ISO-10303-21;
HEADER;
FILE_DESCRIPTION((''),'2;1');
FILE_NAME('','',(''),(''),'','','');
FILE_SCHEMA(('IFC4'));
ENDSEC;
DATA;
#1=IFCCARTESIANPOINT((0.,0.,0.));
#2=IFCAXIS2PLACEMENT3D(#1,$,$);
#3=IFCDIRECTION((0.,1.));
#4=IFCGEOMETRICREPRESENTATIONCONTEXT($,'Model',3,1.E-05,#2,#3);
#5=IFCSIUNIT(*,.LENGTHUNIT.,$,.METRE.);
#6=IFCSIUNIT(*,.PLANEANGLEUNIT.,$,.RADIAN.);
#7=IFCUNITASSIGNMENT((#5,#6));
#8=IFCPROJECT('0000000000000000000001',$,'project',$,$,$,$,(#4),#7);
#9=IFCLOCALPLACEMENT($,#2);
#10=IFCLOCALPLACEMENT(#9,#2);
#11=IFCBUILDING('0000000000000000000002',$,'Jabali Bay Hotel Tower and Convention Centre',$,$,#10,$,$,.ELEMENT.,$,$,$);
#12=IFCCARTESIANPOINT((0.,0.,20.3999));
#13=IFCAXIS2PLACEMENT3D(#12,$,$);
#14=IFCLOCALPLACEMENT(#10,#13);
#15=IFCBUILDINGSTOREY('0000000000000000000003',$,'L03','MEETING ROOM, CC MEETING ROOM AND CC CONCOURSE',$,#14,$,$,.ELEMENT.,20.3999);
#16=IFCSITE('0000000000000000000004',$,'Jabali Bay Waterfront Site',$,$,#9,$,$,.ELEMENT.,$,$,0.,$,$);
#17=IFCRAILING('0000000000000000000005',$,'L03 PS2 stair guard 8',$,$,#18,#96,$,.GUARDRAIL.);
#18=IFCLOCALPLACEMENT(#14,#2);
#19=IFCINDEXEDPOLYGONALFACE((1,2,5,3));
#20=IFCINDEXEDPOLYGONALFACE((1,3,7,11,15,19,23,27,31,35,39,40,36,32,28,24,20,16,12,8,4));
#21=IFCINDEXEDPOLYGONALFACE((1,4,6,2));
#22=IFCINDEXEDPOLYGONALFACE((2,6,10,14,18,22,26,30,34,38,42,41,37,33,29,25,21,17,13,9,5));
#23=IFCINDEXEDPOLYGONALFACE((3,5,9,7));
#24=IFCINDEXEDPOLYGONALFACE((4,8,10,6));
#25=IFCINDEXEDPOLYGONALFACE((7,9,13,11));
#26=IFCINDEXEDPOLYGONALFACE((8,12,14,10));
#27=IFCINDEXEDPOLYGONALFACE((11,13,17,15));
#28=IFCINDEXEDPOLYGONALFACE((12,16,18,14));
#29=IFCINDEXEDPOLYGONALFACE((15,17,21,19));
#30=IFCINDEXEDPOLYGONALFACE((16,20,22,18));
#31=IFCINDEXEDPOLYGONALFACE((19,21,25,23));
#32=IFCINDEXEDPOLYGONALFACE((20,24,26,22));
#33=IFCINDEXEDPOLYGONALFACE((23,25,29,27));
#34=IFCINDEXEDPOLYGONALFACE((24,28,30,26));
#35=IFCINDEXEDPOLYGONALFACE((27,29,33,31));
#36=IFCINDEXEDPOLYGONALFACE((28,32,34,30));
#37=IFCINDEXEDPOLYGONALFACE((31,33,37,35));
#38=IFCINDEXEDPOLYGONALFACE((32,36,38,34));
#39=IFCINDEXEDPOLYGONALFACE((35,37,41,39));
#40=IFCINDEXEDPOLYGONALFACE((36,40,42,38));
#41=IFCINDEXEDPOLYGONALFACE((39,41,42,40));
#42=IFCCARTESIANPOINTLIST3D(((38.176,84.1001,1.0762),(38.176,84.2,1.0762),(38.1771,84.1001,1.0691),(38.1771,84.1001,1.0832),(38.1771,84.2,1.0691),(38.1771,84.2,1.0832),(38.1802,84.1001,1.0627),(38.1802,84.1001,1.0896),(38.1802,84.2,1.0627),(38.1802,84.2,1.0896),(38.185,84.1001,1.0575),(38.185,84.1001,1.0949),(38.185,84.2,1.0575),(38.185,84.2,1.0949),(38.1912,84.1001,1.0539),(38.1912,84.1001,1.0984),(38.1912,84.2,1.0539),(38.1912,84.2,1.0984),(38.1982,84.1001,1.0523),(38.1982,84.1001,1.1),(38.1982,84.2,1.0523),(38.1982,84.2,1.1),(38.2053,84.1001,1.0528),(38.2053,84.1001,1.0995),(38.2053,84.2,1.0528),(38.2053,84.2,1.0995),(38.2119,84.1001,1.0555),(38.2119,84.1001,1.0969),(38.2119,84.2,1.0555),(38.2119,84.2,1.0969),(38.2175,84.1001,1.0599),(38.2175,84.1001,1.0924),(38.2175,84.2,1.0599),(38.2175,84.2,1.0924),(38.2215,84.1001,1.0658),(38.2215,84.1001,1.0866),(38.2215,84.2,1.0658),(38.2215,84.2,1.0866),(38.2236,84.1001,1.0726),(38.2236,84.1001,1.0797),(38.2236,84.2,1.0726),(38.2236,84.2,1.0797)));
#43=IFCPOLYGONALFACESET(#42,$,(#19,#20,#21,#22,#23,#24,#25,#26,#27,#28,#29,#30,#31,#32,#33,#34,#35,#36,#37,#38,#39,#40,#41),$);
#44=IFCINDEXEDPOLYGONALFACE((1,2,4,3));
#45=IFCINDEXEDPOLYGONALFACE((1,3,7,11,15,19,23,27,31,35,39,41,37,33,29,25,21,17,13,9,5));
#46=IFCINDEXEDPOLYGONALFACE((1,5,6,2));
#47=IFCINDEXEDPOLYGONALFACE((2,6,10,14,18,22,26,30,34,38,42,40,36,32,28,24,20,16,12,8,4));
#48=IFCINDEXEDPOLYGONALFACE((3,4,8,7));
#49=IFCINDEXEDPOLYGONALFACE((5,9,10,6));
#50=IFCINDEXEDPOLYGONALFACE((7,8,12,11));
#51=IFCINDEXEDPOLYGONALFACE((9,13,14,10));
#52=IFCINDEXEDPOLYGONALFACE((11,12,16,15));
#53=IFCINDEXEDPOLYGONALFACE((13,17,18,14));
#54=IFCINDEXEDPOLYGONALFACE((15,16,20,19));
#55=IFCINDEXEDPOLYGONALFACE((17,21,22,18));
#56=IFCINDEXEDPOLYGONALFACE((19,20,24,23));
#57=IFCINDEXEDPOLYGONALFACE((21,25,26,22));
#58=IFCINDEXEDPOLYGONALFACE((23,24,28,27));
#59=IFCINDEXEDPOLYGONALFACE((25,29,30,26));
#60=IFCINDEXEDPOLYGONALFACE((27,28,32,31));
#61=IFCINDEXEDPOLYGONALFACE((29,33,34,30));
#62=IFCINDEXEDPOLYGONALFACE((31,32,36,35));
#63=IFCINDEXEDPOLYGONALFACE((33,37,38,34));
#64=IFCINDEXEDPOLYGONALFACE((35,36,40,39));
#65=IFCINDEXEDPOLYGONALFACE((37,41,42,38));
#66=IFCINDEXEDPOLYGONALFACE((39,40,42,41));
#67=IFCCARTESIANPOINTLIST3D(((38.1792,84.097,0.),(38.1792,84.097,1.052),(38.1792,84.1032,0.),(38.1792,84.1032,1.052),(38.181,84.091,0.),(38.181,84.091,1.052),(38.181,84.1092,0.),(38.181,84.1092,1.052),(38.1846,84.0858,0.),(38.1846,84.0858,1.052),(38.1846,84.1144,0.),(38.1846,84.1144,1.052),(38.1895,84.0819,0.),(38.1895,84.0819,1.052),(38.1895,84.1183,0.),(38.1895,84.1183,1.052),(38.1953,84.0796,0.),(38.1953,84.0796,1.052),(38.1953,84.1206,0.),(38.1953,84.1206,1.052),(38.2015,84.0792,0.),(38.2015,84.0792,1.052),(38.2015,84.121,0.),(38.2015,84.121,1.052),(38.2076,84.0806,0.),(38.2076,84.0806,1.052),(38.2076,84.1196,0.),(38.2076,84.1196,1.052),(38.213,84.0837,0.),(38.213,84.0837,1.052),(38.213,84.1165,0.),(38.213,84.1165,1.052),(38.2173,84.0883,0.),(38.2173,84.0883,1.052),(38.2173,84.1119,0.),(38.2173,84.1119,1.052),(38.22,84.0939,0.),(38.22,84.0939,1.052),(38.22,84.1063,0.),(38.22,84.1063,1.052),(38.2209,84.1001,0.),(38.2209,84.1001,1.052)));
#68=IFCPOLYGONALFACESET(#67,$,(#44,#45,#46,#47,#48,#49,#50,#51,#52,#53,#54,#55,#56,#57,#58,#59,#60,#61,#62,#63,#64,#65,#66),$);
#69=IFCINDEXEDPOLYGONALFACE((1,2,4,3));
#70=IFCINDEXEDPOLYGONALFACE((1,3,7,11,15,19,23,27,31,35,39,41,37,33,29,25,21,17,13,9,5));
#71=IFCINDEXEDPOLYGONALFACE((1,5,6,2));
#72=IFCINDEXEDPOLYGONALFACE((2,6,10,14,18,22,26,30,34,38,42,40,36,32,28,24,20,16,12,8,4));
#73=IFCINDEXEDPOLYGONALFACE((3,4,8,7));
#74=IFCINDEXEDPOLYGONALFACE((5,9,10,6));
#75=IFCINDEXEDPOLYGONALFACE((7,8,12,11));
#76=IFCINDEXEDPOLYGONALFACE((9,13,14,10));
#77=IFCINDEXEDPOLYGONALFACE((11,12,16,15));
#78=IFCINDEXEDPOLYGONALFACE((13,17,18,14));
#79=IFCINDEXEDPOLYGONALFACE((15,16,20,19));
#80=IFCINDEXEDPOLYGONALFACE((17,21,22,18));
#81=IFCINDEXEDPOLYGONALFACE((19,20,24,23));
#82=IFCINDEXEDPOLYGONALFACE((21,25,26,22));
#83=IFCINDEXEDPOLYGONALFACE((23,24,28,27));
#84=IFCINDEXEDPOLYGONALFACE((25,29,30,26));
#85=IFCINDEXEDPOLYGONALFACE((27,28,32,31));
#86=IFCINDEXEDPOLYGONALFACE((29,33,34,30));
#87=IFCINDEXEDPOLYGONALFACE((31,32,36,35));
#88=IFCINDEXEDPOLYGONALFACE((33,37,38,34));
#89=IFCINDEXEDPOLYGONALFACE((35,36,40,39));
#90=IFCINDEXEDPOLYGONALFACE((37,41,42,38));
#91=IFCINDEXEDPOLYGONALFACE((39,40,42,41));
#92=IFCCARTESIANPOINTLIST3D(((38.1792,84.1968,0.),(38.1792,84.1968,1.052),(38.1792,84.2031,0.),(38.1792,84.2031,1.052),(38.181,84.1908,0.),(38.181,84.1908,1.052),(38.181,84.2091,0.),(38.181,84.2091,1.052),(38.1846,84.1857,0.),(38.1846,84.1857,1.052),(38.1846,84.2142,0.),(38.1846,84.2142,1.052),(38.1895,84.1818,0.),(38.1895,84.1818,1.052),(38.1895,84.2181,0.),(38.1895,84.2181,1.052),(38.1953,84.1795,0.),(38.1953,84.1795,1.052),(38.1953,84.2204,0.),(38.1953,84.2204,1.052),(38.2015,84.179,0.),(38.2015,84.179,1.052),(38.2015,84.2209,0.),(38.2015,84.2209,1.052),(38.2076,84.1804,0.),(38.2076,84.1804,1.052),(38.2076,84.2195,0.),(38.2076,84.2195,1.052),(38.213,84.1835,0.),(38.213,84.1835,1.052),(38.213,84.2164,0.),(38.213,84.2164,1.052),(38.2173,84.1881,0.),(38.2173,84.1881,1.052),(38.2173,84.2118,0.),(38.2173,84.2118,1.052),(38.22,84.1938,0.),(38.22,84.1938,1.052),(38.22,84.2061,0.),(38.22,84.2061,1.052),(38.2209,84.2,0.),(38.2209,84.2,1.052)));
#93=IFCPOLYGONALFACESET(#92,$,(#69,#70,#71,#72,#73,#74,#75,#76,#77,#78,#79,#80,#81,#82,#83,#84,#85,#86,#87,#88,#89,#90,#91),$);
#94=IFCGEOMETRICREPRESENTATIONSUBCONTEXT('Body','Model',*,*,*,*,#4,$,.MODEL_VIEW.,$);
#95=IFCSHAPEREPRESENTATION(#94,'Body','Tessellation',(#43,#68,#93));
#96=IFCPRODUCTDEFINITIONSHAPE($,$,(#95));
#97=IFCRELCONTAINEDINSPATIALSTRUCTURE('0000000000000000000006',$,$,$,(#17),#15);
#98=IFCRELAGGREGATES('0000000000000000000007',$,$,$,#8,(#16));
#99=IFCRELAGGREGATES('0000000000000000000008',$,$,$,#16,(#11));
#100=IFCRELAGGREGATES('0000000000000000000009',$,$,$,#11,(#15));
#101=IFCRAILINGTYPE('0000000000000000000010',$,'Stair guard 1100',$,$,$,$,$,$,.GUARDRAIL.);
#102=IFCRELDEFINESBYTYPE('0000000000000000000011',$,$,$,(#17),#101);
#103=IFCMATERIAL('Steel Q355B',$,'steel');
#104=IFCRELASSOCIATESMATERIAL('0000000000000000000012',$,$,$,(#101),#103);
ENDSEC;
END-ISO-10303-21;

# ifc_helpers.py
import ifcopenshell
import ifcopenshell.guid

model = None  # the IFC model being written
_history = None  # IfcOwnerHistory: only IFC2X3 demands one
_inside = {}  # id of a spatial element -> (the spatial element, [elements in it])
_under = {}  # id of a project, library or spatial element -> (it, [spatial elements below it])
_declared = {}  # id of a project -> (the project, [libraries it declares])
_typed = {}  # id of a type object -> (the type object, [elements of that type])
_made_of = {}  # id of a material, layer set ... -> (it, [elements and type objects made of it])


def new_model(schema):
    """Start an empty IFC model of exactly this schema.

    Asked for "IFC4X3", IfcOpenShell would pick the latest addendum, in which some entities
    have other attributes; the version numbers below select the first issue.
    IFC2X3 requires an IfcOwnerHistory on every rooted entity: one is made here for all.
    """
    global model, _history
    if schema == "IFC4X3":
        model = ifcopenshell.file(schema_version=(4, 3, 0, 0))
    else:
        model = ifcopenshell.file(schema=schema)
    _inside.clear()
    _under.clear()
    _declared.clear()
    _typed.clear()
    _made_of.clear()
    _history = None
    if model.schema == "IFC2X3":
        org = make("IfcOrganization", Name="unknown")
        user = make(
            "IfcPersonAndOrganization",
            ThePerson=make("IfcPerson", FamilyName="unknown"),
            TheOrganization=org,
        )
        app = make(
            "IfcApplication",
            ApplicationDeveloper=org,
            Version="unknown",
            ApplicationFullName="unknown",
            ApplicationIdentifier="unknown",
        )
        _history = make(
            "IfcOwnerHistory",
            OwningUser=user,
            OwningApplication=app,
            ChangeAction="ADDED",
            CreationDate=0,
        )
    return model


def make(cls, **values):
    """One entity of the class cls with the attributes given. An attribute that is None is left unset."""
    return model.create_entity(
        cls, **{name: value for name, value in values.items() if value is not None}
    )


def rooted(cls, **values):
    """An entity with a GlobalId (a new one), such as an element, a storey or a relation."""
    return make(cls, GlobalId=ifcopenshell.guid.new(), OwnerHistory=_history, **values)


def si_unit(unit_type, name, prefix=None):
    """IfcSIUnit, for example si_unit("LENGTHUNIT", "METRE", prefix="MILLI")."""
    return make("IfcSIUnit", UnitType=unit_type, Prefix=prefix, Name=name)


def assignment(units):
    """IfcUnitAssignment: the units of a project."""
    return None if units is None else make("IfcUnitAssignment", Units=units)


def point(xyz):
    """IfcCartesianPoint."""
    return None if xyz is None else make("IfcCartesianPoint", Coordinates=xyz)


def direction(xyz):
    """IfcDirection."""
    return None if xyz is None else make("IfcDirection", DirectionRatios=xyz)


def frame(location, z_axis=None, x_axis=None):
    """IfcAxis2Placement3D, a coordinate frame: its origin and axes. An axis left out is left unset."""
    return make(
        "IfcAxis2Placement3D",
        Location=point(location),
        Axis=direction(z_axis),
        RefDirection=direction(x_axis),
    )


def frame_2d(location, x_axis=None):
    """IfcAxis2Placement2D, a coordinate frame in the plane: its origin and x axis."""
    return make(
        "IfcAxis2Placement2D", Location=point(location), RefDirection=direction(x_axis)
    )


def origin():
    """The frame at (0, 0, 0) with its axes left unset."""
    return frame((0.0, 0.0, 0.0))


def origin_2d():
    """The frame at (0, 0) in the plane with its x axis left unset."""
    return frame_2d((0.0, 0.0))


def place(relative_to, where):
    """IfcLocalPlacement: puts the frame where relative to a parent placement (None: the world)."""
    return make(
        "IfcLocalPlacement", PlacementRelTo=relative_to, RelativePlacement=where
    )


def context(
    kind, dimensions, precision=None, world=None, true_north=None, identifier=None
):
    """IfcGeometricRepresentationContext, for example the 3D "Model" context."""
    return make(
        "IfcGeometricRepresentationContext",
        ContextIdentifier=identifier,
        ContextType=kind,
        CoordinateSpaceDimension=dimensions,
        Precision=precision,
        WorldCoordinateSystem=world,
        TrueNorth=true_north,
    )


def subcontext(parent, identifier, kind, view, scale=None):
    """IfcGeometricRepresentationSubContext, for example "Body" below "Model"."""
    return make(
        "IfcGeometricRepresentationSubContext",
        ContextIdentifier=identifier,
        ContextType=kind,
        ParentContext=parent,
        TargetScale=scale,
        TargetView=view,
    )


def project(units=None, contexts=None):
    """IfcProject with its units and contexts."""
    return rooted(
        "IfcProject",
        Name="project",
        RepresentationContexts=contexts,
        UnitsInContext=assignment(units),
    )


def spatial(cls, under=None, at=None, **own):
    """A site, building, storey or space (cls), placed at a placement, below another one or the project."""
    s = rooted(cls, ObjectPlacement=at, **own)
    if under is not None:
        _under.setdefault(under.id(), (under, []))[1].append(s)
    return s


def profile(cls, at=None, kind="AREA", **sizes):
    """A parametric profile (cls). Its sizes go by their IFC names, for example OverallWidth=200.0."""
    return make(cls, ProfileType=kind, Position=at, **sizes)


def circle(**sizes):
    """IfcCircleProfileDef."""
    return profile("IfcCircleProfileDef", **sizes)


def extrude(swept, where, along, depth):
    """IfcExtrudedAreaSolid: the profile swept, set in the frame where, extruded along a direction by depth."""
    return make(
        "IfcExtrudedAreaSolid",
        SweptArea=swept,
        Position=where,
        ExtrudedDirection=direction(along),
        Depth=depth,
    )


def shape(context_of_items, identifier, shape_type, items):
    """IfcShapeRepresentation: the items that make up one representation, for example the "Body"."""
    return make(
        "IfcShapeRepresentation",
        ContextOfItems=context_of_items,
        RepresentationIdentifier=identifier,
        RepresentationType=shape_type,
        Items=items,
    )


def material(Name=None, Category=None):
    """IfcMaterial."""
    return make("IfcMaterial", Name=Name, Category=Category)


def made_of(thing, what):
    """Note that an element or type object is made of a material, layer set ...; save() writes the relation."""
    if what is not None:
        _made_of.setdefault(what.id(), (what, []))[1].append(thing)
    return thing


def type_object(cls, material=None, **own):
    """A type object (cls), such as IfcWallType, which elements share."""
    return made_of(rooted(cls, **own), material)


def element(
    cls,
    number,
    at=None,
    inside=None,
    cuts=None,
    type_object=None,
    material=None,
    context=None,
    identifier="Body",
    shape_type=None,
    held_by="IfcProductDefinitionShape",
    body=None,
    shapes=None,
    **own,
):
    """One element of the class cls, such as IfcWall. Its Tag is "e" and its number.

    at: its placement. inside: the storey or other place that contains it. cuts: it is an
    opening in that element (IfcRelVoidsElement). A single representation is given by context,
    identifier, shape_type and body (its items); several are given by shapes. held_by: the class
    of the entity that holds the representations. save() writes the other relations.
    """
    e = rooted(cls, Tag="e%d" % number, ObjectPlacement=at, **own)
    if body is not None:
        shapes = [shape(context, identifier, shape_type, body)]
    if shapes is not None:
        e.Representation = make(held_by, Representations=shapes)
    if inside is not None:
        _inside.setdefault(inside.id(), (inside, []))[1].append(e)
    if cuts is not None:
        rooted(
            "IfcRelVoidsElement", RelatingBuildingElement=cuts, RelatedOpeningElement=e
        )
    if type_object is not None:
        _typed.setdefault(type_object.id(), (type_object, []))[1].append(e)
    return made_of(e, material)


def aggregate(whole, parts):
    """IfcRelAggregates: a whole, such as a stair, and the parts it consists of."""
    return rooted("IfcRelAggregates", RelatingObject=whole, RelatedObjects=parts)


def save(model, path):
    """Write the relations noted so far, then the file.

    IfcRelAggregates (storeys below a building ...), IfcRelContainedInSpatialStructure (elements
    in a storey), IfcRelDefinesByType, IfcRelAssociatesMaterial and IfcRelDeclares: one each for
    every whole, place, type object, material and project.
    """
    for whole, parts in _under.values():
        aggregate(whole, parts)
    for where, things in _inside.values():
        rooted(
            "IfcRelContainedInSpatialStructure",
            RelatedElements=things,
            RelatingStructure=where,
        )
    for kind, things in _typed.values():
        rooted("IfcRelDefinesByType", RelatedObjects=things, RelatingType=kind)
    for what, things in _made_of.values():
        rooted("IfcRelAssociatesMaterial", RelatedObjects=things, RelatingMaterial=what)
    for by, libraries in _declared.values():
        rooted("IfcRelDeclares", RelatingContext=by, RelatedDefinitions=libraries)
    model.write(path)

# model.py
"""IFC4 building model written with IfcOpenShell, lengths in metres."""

from ifc_helpers import new_model, si_unit, direction, frame, origin, origin_2d, place, context, subcontext, project, spatial, circle, extrude, material, type_object, element, save


model = new_model("IFC4")

# Units and contexts
model_context = context("Model", 3, precision=1e-05, world=origin(), true_north=direction((0.0, 1.0)))
body_context = subcontext(model_context, "Body", "Model", "MODEL_VIEW")
ifc_project = project(units=[si_unit("LENGTHUNIT", "METRE"), si_unit("PLANEANGLEUNIT", "RADIAN")], contexts=[model_context])

# Site, building, storey
site_placement = place(None, origin())
site = spatial("IfcSite", under=ifc_project, at=site_placement, Name="Jabali Bay Waterfront Site", CompositionType="ELEMENT", RefElevation=0.0)
building_placement = place(site_placement, origin())
building = spatial("IfcBuilding", under=site, at=building_placement, Name="Jabali Bay Hotel Tower and Convention Centre", CompositionType="ELEMENT")
storey_placement = place(building_placement, frame((0.0, 0.0, 20.3999)))
storey = spatial("IfcBuildingStorey", under=building, at=storey_placement, Name="L03", Description="MEETING ROOM, CC MEETING ROOM AND CC CONCOURSE", CompositionType="ELEMENT", Elevation=20.3999)

# Railing
ifc_material_1 = material(Name="Steel Q355B", Category="steel")
railing_type_1 = type_object("IfcRailingType", Name="Stair guard 1100", PredefinedType="GUARDRAIL", material=ifc_material_1)
railing_1_placement = place(storey_placement, frame((38.2, 84.1001, 0.0)))
element("IfcRailing", 1, at=railing_1_placement, inside=storey, type_object=railing_type_1, Name="L03 PS2 stair guard 8", PredefinedType="GUARDRAIL", context=body_context, shape_type="SweptSolid", body=[
    extrude(circle(Radius=0.0239, at=origin_2d()), frame((0.0, 0.0, 1.0762), z_axis=(0.0, 1.0, 0.0), x_axis=(-1.0, 0.0, 0.0)), (0.0, 0.0, 1.0), 0.0999),
    extrude(circle(Radius=0.021, at=origin_2d()), origin(), (0.0, 0.0, 1.0), 1.052),
    extrude(circle(Radius=0.021, at=origin_2d()), frame((0.0, 0.0999, 0.0)), (0.0, 0.0, 1.0), 1.052),
])

save(model, "model.ifc")
